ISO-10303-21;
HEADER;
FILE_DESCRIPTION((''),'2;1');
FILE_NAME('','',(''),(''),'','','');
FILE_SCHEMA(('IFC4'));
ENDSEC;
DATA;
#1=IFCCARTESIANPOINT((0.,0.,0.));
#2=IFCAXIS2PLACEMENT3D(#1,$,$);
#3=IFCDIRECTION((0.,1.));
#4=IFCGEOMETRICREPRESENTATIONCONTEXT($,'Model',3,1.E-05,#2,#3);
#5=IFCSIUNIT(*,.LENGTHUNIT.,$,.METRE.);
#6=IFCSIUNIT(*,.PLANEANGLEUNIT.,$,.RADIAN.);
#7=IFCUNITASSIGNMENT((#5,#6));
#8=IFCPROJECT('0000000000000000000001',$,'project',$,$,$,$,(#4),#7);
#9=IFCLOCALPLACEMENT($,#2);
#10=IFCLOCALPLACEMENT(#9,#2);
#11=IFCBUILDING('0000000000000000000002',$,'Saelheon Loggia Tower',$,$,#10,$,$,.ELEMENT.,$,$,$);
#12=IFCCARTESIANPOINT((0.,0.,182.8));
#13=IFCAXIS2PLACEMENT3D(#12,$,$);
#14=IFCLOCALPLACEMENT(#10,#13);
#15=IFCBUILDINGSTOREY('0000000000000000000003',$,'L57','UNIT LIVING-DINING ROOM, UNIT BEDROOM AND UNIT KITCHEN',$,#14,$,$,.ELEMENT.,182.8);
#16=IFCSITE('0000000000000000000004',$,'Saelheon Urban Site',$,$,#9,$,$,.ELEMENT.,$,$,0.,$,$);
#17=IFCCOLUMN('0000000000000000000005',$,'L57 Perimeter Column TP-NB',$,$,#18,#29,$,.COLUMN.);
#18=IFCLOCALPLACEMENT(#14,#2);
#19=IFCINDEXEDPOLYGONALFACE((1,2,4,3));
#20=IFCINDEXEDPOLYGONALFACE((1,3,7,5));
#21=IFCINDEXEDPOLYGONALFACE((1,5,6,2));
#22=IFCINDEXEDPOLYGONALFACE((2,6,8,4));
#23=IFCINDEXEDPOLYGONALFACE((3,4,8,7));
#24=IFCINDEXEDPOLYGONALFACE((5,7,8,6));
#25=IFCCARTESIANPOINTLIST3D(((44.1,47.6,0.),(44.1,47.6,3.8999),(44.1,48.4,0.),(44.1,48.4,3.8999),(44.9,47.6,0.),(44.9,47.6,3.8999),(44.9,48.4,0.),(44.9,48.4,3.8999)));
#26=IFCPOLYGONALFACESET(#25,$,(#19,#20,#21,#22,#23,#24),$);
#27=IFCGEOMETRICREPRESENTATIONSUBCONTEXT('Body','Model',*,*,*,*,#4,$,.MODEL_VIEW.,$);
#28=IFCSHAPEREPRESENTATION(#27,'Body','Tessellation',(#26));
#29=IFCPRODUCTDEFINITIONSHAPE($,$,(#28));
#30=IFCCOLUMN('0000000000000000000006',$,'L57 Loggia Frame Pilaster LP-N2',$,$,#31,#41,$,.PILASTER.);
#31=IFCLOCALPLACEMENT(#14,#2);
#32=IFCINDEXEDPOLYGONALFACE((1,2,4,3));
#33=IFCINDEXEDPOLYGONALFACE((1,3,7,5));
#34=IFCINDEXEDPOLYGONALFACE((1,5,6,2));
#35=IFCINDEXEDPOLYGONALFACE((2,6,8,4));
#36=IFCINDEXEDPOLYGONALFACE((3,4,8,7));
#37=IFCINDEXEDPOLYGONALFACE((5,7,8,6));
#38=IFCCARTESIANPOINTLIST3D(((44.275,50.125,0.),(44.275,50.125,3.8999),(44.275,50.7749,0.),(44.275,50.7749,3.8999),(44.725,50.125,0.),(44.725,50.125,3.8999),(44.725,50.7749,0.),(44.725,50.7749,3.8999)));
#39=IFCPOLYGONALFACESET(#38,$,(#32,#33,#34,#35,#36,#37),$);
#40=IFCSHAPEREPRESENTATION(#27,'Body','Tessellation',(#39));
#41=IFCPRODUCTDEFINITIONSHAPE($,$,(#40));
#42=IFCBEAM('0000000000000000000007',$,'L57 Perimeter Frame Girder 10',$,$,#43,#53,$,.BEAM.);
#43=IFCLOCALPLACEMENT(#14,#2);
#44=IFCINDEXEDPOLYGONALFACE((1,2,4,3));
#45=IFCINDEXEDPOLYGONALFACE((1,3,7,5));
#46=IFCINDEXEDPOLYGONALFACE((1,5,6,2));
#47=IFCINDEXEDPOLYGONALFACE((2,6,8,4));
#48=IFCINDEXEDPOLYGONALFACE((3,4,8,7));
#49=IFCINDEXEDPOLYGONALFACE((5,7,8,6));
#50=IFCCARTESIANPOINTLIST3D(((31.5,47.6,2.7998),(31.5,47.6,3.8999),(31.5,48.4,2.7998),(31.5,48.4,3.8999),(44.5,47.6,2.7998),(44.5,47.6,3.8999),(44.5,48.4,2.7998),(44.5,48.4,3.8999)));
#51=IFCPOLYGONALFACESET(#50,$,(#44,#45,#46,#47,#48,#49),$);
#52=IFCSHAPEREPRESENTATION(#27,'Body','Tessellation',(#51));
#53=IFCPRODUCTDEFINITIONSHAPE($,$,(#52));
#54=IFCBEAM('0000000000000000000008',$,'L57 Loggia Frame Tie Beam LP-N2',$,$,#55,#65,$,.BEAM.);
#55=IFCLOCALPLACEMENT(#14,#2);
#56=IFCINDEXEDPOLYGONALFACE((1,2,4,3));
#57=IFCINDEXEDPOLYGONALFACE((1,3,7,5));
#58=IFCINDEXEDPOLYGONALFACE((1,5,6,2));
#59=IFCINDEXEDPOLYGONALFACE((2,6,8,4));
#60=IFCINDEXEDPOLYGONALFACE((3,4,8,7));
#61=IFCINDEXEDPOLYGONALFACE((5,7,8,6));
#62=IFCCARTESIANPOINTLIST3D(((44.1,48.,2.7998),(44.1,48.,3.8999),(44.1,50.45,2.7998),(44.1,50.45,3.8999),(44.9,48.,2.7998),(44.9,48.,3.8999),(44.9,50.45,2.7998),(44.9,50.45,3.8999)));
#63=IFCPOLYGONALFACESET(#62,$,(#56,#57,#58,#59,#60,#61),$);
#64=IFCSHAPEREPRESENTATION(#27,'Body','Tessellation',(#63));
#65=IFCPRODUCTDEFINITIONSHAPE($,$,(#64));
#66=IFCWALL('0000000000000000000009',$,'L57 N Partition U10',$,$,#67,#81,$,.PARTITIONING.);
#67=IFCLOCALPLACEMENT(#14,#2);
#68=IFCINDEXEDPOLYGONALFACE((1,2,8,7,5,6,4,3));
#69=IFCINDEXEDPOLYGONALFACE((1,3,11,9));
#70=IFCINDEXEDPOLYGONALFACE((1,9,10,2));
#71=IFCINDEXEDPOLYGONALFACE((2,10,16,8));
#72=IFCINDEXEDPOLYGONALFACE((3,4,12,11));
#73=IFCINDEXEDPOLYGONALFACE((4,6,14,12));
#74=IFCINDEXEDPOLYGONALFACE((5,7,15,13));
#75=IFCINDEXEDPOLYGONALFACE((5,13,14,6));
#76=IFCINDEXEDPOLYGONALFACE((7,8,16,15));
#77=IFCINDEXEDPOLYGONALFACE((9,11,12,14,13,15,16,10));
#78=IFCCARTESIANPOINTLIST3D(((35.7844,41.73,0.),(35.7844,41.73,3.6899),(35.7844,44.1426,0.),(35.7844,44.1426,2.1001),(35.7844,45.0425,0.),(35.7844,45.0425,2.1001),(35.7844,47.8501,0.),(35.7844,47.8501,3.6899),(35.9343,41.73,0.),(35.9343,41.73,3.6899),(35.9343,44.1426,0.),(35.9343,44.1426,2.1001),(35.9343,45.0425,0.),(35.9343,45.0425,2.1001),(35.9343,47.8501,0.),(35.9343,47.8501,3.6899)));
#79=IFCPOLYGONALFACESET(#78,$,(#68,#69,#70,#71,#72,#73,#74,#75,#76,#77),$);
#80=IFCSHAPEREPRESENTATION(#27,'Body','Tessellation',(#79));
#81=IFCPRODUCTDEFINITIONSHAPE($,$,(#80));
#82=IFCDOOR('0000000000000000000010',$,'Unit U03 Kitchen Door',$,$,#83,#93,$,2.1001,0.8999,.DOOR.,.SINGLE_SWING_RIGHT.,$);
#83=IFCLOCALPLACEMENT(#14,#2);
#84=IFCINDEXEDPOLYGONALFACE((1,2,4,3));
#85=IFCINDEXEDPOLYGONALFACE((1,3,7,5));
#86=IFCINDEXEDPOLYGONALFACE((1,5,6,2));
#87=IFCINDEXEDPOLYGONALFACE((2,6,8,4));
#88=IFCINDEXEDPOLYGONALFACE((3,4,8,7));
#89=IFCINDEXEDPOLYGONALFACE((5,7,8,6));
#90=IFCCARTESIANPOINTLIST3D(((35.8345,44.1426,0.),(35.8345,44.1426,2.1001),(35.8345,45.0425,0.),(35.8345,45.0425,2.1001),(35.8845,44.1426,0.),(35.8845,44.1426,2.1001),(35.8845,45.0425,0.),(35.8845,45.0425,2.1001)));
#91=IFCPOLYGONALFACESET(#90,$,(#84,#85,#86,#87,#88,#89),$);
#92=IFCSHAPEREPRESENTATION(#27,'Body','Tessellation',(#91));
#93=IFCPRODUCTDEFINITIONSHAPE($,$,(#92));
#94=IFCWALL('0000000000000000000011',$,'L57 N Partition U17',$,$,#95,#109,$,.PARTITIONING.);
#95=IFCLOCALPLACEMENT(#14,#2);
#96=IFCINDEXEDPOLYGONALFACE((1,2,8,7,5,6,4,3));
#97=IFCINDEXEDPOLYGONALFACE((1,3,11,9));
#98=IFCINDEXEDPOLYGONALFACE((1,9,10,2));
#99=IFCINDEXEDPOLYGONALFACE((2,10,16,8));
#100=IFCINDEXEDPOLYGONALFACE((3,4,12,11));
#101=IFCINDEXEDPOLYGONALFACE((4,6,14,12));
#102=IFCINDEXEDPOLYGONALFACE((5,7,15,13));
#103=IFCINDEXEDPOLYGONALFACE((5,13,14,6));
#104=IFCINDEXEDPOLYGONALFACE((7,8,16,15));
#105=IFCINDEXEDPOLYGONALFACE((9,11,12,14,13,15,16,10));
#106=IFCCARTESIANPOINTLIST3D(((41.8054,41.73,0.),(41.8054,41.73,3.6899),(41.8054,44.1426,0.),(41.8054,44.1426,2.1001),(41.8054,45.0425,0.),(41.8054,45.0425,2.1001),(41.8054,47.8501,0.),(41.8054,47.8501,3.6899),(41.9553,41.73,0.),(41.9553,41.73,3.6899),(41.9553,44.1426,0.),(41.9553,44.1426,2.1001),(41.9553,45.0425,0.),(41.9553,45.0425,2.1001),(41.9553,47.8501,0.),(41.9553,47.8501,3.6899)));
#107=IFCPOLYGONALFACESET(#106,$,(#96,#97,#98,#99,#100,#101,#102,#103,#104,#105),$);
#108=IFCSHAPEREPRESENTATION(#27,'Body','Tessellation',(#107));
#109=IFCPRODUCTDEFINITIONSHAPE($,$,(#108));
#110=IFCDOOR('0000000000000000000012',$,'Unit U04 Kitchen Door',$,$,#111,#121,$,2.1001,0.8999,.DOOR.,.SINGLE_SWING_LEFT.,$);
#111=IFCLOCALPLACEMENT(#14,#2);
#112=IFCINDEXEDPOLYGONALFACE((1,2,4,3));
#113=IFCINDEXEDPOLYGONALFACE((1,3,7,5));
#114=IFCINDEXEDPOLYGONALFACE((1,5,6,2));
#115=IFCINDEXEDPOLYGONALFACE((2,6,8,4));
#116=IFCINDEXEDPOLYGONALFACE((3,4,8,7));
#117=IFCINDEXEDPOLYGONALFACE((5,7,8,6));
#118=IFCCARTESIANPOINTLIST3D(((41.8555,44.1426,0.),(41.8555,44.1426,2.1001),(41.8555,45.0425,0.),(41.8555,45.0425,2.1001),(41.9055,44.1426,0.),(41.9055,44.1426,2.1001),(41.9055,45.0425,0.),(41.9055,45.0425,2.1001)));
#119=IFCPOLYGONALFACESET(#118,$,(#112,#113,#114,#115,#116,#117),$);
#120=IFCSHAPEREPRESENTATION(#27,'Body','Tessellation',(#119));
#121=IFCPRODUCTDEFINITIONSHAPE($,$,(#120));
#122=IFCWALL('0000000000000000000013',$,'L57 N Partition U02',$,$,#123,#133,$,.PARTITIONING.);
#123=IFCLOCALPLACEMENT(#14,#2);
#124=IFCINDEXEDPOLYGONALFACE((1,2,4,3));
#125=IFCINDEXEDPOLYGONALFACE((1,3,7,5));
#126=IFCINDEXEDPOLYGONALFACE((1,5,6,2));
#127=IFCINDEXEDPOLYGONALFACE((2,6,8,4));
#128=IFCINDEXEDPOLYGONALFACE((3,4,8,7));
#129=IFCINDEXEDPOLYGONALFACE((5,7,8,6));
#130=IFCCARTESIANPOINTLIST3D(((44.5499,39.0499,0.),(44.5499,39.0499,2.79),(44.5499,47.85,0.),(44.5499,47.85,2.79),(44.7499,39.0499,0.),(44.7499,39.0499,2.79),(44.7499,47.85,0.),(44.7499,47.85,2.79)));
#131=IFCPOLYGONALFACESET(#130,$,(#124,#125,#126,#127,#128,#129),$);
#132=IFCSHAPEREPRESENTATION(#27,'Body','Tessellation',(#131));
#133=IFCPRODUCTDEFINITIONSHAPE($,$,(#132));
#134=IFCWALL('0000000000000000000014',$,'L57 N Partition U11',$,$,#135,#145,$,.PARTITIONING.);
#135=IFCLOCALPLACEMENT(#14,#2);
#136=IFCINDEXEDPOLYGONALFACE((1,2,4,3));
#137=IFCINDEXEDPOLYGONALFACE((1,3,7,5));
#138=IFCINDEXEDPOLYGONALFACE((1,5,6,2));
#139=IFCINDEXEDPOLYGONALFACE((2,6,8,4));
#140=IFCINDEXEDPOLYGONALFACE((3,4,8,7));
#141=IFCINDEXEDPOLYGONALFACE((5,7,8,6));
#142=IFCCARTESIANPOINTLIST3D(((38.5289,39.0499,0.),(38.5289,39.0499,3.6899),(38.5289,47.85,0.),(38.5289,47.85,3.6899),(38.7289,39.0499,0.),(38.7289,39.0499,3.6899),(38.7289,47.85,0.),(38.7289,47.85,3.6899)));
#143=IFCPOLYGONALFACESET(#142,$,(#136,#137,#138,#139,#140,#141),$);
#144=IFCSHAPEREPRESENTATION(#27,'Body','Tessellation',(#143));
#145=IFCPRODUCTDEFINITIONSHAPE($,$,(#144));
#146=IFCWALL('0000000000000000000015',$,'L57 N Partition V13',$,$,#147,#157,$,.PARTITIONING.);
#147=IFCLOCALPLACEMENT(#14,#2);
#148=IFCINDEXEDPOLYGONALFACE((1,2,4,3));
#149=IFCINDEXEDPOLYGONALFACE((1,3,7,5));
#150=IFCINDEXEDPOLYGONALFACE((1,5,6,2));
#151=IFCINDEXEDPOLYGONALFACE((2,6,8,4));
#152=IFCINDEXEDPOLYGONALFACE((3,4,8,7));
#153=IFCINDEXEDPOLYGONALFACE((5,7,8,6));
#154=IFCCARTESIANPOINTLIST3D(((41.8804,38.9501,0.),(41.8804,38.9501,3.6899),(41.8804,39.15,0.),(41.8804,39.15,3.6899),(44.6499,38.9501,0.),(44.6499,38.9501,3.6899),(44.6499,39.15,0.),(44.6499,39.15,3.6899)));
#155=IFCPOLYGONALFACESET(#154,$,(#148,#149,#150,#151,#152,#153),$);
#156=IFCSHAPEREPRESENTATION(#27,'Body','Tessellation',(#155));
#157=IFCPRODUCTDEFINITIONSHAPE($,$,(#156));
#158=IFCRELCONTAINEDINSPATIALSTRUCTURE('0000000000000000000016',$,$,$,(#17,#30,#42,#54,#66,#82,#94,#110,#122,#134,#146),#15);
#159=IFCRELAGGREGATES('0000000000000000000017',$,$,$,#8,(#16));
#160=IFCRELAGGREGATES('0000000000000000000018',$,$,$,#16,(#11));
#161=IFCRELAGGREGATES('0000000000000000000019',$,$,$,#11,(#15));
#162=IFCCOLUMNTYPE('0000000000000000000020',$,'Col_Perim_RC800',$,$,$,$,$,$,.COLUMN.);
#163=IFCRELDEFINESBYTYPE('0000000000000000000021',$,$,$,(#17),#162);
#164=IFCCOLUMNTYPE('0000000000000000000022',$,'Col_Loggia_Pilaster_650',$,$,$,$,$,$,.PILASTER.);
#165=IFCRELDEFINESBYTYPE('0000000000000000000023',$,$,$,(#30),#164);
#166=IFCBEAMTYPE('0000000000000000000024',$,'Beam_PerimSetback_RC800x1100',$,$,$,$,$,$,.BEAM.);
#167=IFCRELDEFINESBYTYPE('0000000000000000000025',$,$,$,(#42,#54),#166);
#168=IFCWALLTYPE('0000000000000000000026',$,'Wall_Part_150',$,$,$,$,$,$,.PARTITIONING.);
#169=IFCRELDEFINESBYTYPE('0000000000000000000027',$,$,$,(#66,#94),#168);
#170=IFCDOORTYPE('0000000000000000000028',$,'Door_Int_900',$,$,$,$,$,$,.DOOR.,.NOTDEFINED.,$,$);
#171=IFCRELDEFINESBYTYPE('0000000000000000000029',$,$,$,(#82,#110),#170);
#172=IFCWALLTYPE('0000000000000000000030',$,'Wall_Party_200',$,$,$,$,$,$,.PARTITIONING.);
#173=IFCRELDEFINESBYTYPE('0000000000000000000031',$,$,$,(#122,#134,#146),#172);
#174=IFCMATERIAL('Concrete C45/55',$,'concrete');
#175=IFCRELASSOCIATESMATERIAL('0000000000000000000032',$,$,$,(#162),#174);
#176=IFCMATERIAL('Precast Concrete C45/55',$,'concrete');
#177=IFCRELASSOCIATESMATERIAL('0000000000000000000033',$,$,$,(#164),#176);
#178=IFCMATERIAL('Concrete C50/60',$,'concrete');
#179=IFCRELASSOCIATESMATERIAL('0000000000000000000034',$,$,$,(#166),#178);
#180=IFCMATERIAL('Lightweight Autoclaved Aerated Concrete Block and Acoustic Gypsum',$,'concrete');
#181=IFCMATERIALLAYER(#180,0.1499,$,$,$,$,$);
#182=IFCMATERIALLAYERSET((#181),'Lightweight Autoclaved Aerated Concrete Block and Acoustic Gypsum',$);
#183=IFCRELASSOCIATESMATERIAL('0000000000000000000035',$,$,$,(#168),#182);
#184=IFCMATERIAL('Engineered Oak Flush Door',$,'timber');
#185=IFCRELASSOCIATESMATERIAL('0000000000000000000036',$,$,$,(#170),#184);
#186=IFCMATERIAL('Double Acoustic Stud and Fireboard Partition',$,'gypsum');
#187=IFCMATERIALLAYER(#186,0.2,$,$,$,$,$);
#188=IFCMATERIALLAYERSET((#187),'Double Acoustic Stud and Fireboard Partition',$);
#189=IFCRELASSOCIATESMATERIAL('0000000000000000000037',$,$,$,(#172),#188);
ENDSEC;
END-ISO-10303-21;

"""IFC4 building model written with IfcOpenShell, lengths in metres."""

from ifc_helpers import new_model, si_unit, direction, frame, frame_2d, origin, origin_2d, place, context, subcontext, project, spatial, rectangle, extrude, source, transform, mapped, material, layer, layer_set, material_profile, profile_set, type_object, element, fill, save


model = new_model("IFC4")

# Units and contexts
model_context = context("Model", 3, precision=1e-05, world=origin(), true_north=direction((0.0, 1.0)))
body_context = subcontext(model_context, "Body", "Model", "MODEL_VIEW")
ifc_project = project(units=[si_unit("LENGTHUNIT", "METRE"), si_unit("PLANEANGLEUNIT", "RADIAN")], contexts=[model_context])

# Site, building, storey
site_placement = place(None, origin())
site = spatial("IfcSite", under=ifc_project, at=site_placement, Name="Saelheon Urban Site", CompositionType="ELEMENT", RefElevation=0.0)
building_placement = place(site_placement, origin())
building = spatial("IfcBuilding", under=site, at=building_placement, Name="Saelheon Loggia Tower", CompositionType="ELEMENT")
storey_placement = place(building_placement, frame((0.0, 0.0, 182.8)))
storey = spatial("IfcBuildingStorey", under=building, at=storey_placement, Name="L57", Description="UNIT LIVING-DINING ROOM, UNIT BEDROOM AND UNIT KITCHEN", CompositionType="ELEMENT", Elevation=182.8)

# Columns
ifc_material_1 = material(Name="Concrete C45/55", Category="concrete")
ifc_material_profile_1 = material_profile(ifc_material_1, rectangle(XDim=0.8, YDim=0.8, at=origin_2d()), Name="RC-800x800")
ifc_profile_set_1 = profile_set([ifc_material_profile_1], Name="Concrete C45/55")
column_type_1 = type_object("IfcColumnType", Name="Col_Perim_RC800", PredefinedType="COLUMN", material=ifc_profile_set_1)
shared_shape_1 = source(origin(), body_context, "Body", "SweptSolid", [
    extrude(rectangle(XDim=0.8, YDim=0.8, at=origin_2d()), origin(), (0.0, 0.0, 1.0), 3.8999),
])
column_1_placement = place(storey_placement, frame((44.5, 48.0, 0.0), z_axis=(0.0, 0.0, 1.0), x_axis=(1.0, 0.0, 0.0)))
element("IfcColumn", 1, at=column_1_placement, inside=storey, type_object=column_type_1, Name="L57 Perimeter Column TP-NB", PredefinedType="COLUMN", context=body_context, shape_type="MappedRepresentation", body=[
    mapped(shared_shape_1, transform((0.0, 0.0, 0.0), scale=1.0)),
])
ifc_material_2 = material(Name="Precast Concrete C45/55", Category="concrete")
ifc_material_profile_2 = material_profile(ifc_material_2, rectangle(XDim=0.45, YDim=0.6499, at=origin_2d()), Name="RC-450x650")
ifc_profile_set_2 = profile_set([ifc_material_profile_2], Name="Precast Concrete C45/55")
column_type_2 = type_object("IfcColumnType", Name="Col_Loggia_Pilaster_650", PredefinedType="PILASTER", material=ifc_profile_set_2)
shared_shape_2 = source(origin(), body_context, "Body", "SweptSolid", [
    extrude(rectangle(XDim=0.45, YDim=0.6499, at=origin_2d()), origin(), (0.0, 0.0, 1.0), 3.8999),
])
column_2_placement = place(storey_placement, frame((44.5, 50.45, 0.0), z_axis=(0.0, 0.0, 1.0), x_axis=(1.0, 0.0, 0.0)))
element("IfcColumn", 2, at=column_2_placement, inside=storey, type_object=column_type_2, Name="L57 Loggia Frame Pilaster LP-N2", PredefinedType="PILASTER", context=body_context, shape_type="MappedRepresentation", body=[
    mapped(shared_shape_2, transform((0.0, 0.0, 0.0), scale=1.0)),
])

# Beams
ifc_material_3 = material(Name="Concrete C50/60", Category="concrete")
ifc_material_profile_3 = material_profile(ifc_material_3, rectangle(XDim=0.8, YDim=1.1001, at=origin_2d()), Name="RC-800x1100")
ifc_profile_set_3 = profile_set([ifc_material_profile_3], Name="Concrete C50/60")
beam_type = type_object("IfcBeamType", Name="Beam_PerimSetback_RC800x1100", PredefinedType="BEAM", material=ifc_profile_set_3)
shared_shape_3 = source(origin(), body_context, "Body", "SweptSolid", [
    extrude(rectangle(XDim=0.8, YDim=1.1001, at=origin_2d()), origin(), (0.0, 0.0, 1.0), 13.0),
])
beam_1_placement = place(storey_placement, frame((44.5, 48.0, 3.3499), z_axis=(-1.0, 0.0, 0.0), x_axis=(0.0, -1.0, 0.0)))
element("IfcBeam", 3, at=beam_1_placement, inside=storey, type_object=beam_type, Name="L57 Perimeter Frame Girder 10", PredefinedType="BEAM", context=body_context, shape_type="MappedRepresentation", body=[
    mapped(shared_shape_3, transform((0.0, 0.0, 0.0), scale=1.0)),
])
shared_shape_4 = source(origin(), body_context, "Body", "SweptSolid", [
    extrude(rectangle(XDim=0.8, YDim=1.1001, at=origin_2d()), origin(), (0.0, 0.0, 1.0), 2.45),
])
beam_2_placement = place(storey_placement, frame((44.5, 48.0, 3.3499), z_axis=(0.0, 1.0, 0.0), x_axis=(-1.0, 0.0, 0.0)))
element("IfcBeam", 4, at=beam_2_placement, inside=storey, type_object=beam_type, Name="L57 Loggia Frame Tie Beam LP-N2", PredefinedType="BEAM", context=body_context, shape_type="MappedRepresentation", body=[
    mapped(shared_shape_4, transform((0.0, 0.0, 0.0), scale=1.0)),
])

# Walls, openings, doors
ifc_material_4 = material(Name="Lightweight Autoclaved Aerated Concrete Block and Acoustic Gypsum", Category="concrete")
ifc_layer_1 = layer(ifc_material_4, 0.1499)
ifc_layer_set_1 = layer_set([ifc_layer_1], Name="Lightweight Autoclaved Aerated Concrete Block and Acoustic Gypsum")
wall_type_1 = type_object("IfcWallType", Name="Wall_Part_150", PredefinedType="PARTITIONING", material=ifc_layer_set_1)
wall_1_placement = place(storey_placement, frame((35.8594, 41.73, 0.0), z_axis=(0.0, 0.0, 1.0), x_axis=(0.0, 1.0, 0.0)))
wall_1 = element("IfcWall", 5, at=wall_1_placement, inside=storey, type_object=wall_type_1, Name="L57 N Partition U10", PredefinedType="PARTITIONING", context=body_context, shape_type="SweptSolid", body=[
    extrude(rectangle(XDim=6.1201, YDim=0.1499, at=frame_2d((3.0601, 0.0))), origin(), (0.0, 0.0, 1.0), 3.6899),
])
opening_1_placement = place(wall_1_placement, frame((2.4126, 0.0, 0.0)))
opening_1 = element("IfcOpeningElement", 6, at=opening_1_placement, cuts=wall_1, PredefinedType="OPENING", context=body_context, shape_type="SweptSolid", body=[
    extrude(rectangle(XDim=0.8999, YDim=2.1001, at=frame_2d((0.45, 1.05))), frame((0.0, 0.0869, 0.0), z_axis=(0.0, -1.0, 0.0), x_axis=(1.0, 0.0, 0.0)), (0.0, 0.0, 1.0), 0.1738),
])
ifc_material_5 = material(Name="Engineered Oak Flush Door", Category="timber")
door_type_1 = type_object("IfcDoorType", Name="Door_Int_900", OperationType="NOTDEFINED", PredefinedType="DOOR", material=ifc_material_5)
shared_shape_5 = source(origin(), body_context, "Body", "SweptSolid", [
    extrude(rectangle(XDim=0.8999, YDim=2.1001, at=frame_2d((0.45, 1.05))), frame((0.0, 0.0249, 0.0), z_axis=(0.0, -1.0, 0.0), x_axis=(1.0, 0.0, 0.0)), (0.0, 0.0, 1.0), 0.05),
])
door_1_placement = place(opening_1_placement, origin())
door_1 = element("IfcDoor", 7, at=door_1_placement, inside=storey, type_object=door_type_1, Name="Unit U03 Kitchen Door", OperationType="SINGLE_SWING_RIGHT", OverallHeight=2.1001, OverallWidth=0.8999, PredefinedType="DOOR", context=body_context, shape_type="MappedRepresentation", body=[
    mapped(shared_shape_5, transform((0.0, 0.0, 0.0), scale=1.0)),
])
fill(opening_1, door_1)
wall_2_placement = place(storey_placement, frame((41.8804, 41.73, 0.0), z_axis=(0.0, 0.0, 1.0), x_axis=(0.0, 1.0, 0.0)))
wall_2 = element("IfcWall", 8, at=wall_2_placement, inside=storey, type_object=wall_type_1, Name="L57 N Partition U17", PredefinedType="PARTITIONING", context=body_context, shape_type="SweptSolid", body=[
    extrude(rectangle(XDim=6.1201, YDim=0.1499, at=frame_2d((3.0601, 0.0))), origin(), (0.0, 0.0, 1.0), 3.6899),
])
opening_2_placement = place(wall_2_placement, frame((2.4126, 0.0, 0.0)))
opening_2 = element("IfcOpeningElement", 9, at=opening_2_placement, cuts=wall_2, PredefinedType="OPENING", context=body_context, shape_type="SweptSolid", body=[
    extrude(rectangle(XDim=0.8999, YDim=2.1001, at=frame_2d((0.45, 1.05))), frame((0.0, 0.0869, 0.0), z_axis=(0.0, -1.0, 0.0), x_axis=(1.0, 0.0, 0.0)), (0.0, 0.0, 1.0), 0.1738),
])
door_2_placement = place(opening_2_placement, origin())
door_2 = element("IfcDoor", 10, at=door_2_placement, inside=storey, type_object=door_type_1, Name="Unit U04 Kitchen Door", OperationType="SINGLE_SWING_LEFT", OverallHeight=2.1001, OverallWidth=0.8999, PredefinedType="DOOR", context=body_context, shape_type="MappedRepresentation", body=[
    mapped(shared_shape_5, transform((0.0, 0.0, 0.0), scale=1.0)),
])
fill(opening_2, door_2)

# Wall
ifc_material_6 = material(Name="Double Acoustic Stud and Fireboard Partition", Category="gypsum")
ifc_layer_2 = layer(ifc_material_6, 0.2)
ifc_layer_set_2 = layer_set([ifc_layer_2], Name="Double Acoustic Stud and Fireboard Partition")
wall_type_2 = type_object("IfcWallType", Name="Wall_Party_200", PredefinedType="PARTITIONING", material=ifc_layer_set_2)
wall_3_placement = place(storey_placement, frame((44.6499, 39.05, 0.0), z_axis=(0.0, 0.0, 1.0), x_axis=(0.0, 1.0, 0.0)))
element("IfcWall", 11, at=wall_3_placement, inside=storey, type_object=wall_type_2, Name="L57 N Partition U02", PredefinedType="PARTITIONING", context=body_context, shape_type="SweptSolid", body=[
    extrude(rectangle(XDim=8.8, YDim=0.2, at=frame_2d((4.3999, 0.0))), origin(), (0.0, 0.0, 1.0), 2.79),
])

# Wall
wall_4_placement = place(storey_placement, frame((38.6289, 39.05, 0.0), z_axis=(0.0, 0.0, 1.0), x_axis=(0.0, 1.0, 0.0)))
element("IfcWall", 12, at=wall_4_placement, inside=storey, type_object=wall_type_2, Name="L57 N Partition U11", PredefinedType="PARTITIONING", context=body_context, shape_type="SweptSolid", body=[
    extrude(rectangle(XDim=8.8, YDim=0.2, at=frame_2d((4.3999, 0.0))), origin(), (0.0, 0.0, 1.0), 3.6899),
])

# Wall
wall_5_placement = place(storey_placement, frame((41.8804, 39.05, 0.0), z_axis=(0.0, 0.0, 1.0), x_axis=(1.0, 0.0, 0.0)))
element("IfcWall", 13, at=wall_5_placement, inside=storey, type_object=wall_type_2, Name="L57 N Partition V13", PredefinedType="PARTITIONING", context=body_context, shape_type="SweptSolid", body=[
    extrude(rectangle(XDim=2.7695, YDim=0.2, at=frame_2d((1.3848, 0.0))), origin(), (0.0, 0.0, 1.0), 3.6899),
])

save(model, "model.ifc")
